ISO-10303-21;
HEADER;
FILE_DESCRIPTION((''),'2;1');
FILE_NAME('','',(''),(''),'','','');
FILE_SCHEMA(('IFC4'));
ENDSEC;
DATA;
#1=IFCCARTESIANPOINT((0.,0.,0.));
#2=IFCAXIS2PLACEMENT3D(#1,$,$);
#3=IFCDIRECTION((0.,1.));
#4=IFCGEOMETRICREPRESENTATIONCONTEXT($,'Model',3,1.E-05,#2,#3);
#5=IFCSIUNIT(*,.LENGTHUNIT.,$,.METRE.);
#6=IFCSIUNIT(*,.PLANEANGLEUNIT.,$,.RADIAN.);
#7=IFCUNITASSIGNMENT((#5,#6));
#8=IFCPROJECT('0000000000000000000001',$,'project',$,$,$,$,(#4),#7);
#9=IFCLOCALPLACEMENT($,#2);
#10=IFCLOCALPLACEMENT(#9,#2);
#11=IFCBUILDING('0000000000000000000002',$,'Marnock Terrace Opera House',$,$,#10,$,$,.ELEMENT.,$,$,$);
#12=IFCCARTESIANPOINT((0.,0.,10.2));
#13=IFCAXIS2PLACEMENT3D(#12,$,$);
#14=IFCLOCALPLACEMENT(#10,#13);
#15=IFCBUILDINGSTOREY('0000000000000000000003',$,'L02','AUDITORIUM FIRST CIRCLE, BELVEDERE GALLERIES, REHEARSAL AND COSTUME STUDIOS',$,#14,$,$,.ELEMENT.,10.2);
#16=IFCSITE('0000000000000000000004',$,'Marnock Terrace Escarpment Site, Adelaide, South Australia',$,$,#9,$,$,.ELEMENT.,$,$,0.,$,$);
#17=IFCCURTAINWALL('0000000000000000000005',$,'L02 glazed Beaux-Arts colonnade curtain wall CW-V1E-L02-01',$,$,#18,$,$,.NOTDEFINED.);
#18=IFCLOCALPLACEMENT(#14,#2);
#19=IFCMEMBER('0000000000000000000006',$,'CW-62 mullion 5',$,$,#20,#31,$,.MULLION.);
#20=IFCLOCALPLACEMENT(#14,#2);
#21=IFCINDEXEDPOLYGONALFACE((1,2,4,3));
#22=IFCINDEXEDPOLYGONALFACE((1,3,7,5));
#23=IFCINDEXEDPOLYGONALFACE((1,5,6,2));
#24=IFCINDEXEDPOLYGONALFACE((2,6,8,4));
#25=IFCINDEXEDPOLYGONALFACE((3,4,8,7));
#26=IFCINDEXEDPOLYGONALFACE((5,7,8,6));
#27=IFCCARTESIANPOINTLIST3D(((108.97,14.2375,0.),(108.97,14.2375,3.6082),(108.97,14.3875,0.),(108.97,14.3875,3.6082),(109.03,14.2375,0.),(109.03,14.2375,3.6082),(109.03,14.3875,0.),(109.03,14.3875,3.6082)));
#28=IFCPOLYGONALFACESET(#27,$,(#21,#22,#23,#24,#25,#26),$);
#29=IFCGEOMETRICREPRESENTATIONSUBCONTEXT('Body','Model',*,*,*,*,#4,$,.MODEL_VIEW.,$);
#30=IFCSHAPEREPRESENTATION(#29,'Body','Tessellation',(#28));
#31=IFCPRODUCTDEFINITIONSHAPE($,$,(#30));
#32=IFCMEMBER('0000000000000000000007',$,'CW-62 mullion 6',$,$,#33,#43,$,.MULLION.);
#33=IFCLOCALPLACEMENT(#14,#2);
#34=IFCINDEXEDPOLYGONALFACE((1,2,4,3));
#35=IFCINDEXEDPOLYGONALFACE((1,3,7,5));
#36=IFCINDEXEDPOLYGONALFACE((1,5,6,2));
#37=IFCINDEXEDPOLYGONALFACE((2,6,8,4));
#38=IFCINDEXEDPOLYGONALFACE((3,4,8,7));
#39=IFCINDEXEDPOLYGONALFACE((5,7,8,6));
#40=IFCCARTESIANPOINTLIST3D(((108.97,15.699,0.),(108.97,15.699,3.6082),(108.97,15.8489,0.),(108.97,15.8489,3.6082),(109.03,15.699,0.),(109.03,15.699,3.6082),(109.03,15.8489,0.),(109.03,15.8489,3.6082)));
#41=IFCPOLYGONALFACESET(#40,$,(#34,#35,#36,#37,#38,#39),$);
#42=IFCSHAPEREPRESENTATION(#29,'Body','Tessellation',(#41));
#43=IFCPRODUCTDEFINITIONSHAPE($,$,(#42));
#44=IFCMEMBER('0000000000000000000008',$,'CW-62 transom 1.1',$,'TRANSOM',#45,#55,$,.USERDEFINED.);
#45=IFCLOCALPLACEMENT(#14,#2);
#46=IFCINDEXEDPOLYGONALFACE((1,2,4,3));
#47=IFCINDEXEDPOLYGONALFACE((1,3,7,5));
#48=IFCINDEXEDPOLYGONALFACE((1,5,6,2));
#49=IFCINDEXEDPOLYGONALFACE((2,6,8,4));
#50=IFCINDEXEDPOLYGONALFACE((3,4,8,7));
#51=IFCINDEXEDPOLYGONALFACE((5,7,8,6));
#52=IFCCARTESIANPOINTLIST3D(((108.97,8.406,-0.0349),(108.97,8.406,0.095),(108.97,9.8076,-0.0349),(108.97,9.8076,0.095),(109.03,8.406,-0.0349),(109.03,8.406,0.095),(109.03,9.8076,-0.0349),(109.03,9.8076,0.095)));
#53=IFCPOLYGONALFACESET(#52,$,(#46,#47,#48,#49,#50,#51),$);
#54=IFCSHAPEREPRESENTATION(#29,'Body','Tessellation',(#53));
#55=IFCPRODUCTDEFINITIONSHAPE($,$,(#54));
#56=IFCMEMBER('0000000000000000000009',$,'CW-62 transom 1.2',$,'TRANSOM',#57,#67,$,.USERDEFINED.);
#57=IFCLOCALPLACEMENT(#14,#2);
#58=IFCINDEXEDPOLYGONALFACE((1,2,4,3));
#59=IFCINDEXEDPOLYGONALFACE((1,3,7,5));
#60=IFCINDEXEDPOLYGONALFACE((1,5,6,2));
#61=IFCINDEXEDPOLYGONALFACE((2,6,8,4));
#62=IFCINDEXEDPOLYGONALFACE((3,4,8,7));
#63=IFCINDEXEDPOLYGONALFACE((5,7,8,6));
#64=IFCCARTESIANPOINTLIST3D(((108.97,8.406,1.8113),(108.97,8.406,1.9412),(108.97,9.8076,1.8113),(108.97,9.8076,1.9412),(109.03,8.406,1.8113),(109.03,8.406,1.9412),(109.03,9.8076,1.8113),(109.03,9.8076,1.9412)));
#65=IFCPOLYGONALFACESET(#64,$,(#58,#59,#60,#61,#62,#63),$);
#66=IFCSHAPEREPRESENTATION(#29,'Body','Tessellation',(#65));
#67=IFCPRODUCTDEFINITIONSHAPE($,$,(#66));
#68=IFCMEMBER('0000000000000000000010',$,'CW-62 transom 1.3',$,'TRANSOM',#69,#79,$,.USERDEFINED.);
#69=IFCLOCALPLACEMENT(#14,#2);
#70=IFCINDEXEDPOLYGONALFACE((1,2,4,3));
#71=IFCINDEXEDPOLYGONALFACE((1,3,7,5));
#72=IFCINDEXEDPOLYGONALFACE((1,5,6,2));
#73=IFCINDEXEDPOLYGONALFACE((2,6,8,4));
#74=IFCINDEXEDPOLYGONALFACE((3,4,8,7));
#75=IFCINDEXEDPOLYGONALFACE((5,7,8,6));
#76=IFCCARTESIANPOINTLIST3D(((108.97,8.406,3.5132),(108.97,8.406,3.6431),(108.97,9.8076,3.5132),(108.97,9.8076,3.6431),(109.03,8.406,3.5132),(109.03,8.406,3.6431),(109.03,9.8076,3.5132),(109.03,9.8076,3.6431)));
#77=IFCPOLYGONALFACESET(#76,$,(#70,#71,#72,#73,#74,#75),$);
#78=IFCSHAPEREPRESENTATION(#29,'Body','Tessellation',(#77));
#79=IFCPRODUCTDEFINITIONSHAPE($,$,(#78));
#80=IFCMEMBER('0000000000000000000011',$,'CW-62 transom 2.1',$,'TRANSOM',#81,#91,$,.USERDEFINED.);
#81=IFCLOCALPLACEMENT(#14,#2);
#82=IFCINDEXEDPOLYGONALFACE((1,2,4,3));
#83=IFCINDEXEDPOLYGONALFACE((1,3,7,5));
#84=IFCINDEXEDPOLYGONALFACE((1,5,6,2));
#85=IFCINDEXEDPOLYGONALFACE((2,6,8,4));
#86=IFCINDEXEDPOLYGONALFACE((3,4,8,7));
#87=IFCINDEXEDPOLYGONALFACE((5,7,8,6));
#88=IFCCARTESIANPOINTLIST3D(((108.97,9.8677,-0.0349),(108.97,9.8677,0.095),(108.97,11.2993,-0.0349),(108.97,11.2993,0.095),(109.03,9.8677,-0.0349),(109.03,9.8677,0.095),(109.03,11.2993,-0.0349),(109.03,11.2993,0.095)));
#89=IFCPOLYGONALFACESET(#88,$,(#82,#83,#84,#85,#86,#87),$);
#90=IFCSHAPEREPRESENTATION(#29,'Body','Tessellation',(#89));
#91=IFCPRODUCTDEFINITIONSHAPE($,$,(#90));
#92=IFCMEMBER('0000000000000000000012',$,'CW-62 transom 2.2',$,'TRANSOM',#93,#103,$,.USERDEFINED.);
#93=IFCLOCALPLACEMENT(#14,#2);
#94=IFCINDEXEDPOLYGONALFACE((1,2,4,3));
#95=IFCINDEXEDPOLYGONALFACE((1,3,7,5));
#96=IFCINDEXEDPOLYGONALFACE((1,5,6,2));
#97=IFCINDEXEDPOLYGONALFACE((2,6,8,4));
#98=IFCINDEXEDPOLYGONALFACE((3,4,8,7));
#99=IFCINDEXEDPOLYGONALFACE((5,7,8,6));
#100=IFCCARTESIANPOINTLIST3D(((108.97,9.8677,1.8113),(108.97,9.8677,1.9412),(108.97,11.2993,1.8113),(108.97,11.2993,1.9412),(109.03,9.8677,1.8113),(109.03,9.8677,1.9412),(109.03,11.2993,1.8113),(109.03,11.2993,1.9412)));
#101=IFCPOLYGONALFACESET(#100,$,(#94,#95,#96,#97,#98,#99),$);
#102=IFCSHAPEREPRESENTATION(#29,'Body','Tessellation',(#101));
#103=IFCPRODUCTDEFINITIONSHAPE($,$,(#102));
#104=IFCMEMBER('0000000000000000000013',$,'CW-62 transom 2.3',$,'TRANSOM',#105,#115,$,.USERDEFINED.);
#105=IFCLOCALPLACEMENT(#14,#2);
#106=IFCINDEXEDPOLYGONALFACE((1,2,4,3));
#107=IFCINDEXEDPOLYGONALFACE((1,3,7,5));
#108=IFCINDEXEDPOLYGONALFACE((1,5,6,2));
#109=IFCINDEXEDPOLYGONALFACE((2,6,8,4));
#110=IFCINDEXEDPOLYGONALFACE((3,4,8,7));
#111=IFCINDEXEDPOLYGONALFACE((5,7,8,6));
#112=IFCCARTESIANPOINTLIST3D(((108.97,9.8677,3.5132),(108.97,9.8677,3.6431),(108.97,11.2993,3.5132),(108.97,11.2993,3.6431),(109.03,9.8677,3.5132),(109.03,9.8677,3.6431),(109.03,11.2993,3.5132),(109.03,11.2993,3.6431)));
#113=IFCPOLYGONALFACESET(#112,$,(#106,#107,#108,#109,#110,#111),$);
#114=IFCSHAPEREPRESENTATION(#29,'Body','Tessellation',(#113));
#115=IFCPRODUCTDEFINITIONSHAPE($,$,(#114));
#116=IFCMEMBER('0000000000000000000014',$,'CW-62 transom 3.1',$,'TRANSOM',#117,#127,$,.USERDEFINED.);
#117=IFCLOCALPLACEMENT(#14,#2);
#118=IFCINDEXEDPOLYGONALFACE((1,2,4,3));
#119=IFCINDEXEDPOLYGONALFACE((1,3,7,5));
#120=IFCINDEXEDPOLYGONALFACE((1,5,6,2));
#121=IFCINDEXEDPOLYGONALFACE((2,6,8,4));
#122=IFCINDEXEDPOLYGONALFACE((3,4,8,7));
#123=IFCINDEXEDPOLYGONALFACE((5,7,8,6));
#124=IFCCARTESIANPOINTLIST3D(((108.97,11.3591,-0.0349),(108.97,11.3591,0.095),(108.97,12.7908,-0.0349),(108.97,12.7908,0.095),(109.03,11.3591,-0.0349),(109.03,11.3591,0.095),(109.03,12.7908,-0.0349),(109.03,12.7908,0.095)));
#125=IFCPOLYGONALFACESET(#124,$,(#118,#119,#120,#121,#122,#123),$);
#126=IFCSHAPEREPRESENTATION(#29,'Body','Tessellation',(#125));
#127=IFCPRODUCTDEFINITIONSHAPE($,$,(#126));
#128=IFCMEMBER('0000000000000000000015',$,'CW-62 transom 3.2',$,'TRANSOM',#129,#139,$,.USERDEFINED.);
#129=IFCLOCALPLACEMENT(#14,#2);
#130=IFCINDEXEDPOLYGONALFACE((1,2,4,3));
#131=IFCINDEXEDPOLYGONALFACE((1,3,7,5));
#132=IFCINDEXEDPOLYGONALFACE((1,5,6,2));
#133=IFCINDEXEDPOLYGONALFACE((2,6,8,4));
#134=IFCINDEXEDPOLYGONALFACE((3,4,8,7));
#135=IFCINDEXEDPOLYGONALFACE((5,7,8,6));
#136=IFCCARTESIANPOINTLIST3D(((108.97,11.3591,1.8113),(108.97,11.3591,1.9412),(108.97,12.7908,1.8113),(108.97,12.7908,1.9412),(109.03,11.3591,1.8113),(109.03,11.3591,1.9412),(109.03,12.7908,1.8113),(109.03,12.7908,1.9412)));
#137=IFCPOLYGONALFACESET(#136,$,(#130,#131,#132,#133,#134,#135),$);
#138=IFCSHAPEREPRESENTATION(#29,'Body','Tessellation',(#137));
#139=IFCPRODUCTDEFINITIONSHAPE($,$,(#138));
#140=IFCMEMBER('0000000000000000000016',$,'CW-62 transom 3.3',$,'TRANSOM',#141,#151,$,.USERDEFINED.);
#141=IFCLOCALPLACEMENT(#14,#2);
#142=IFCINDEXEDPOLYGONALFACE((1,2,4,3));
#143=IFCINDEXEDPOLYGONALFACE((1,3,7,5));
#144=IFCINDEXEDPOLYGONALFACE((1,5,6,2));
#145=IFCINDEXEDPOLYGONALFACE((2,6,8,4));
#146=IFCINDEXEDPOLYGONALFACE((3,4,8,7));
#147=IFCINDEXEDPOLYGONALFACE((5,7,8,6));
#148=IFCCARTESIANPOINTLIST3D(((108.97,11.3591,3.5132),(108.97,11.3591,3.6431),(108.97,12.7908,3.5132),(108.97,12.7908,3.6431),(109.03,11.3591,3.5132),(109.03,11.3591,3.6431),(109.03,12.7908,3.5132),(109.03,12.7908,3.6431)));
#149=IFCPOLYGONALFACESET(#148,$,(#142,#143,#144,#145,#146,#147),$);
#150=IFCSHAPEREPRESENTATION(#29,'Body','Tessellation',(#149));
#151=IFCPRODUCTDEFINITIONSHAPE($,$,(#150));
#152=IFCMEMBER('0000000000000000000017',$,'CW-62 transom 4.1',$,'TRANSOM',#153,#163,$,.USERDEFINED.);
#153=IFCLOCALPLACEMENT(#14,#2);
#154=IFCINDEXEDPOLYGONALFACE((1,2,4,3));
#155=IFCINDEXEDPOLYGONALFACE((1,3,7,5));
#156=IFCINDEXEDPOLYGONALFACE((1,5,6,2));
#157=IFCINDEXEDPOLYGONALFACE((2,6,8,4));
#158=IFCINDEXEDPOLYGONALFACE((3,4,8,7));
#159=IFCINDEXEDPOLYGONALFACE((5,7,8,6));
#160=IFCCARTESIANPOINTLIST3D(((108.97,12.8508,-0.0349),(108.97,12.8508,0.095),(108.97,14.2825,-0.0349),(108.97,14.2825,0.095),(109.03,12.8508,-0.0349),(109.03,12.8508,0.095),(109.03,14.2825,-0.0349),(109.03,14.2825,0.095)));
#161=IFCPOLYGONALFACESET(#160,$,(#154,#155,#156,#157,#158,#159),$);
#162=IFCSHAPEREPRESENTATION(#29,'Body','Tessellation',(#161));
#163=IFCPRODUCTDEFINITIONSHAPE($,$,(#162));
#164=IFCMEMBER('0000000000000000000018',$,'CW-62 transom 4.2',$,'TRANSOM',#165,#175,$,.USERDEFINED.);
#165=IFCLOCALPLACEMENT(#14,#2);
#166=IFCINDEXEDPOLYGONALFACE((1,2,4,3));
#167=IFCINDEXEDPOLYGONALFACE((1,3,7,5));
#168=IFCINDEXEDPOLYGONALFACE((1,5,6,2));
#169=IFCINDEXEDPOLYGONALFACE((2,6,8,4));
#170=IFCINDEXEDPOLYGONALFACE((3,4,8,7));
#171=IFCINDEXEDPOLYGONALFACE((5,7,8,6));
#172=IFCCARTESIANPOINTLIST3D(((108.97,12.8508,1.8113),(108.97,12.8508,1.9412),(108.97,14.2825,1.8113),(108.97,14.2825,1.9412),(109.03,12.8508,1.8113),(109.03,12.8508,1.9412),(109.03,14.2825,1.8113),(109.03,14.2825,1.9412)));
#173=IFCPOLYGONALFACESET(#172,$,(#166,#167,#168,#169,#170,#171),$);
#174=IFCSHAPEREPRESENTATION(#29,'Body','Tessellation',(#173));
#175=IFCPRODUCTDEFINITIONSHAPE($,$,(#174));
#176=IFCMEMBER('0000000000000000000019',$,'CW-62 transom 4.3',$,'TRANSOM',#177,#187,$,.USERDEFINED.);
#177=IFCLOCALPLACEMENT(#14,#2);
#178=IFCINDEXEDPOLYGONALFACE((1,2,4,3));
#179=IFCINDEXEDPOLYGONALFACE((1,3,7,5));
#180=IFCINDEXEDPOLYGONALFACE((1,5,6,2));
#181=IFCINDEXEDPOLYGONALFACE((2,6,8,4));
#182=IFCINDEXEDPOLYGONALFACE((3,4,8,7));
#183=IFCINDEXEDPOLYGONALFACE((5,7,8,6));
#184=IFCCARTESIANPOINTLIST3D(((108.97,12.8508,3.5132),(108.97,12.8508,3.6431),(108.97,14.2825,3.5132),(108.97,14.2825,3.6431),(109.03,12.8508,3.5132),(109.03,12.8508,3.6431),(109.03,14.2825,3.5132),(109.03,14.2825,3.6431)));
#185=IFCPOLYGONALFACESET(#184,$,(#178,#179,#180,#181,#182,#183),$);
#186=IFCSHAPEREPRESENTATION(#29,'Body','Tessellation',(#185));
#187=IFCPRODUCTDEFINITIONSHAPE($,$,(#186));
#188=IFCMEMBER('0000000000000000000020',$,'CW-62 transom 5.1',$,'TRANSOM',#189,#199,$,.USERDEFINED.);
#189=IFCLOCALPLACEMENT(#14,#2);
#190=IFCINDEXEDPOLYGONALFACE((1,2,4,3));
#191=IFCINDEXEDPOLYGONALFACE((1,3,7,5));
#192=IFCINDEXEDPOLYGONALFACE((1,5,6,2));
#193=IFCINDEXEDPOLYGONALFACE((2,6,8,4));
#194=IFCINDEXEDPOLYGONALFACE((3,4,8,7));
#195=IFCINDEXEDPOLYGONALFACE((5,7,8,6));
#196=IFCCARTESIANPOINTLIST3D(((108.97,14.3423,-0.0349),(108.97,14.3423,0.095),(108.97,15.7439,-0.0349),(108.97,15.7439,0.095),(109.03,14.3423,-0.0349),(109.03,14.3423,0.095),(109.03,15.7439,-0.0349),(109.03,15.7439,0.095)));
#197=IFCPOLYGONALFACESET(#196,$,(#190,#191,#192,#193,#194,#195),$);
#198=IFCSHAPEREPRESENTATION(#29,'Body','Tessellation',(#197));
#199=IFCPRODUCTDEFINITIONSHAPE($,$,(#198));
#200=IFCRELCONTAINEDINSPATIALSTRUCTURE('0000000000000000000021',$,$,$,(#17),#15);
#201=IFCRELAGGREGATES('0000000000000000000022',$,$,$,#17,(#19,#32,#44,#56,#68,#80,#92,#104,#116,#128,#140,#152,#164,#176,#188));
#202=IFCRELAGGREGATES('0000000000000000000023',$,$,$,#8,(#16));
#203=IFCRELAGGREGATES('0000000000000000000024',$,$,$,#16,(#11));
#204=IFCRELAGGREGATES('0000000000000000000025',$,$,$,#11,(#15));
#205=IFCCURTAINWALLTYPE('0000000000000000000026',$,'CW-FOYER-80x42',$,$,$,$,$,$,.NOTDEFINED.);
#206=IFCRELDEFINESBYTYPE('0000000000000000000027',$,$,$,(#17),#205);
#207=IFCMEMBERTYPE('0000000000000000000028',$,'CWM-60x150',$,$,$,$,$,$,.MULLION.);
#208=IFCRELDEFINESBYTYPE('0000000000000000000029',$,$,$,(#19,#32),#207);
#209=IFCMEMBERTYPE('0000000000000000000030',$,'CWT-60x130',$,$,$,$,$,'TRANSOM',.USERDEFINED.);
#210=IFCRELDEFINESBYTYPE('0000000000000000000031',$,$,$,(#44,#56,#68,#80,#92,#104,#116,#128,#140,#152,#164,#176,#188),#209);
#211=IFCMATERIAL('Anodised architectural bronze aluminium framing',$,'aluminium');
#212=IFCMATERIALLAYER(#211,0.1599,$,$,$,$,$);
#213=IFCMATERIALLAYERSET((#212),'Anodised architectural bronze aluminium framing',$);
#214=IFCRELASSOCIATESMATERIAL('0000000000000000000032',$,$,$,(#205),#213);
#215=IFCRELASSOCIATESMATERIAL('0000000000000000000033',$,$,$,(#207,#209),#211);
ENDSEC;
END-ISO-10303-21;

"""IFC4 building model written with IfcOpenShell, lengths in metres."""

from ifc_helpers import new_model, si_unit, direction, frame, origin, origin_2d, place, context, subcontext, project, spatial, rectangle, extrude, material, layer, layer_set, material_profile, profile_set, type_object, element, aggregate, save


model = new_model("IFC4")

# Units and contexts
model_context = context("Model", 3, precision=1e-05, world=origin(), true_north=direction((0.0, 1.0)))
body_context = subcontext(model_context, "Body", "Model", "MODEL_VIEW")
ifc_project = project(units=[si_unit("LENGTHUNIT", "METRE"), si_unit("PLANEANGLEUNIT", "RADIAN")], contexts=[model_context])

# Site, building, storey
site_placement = place(None, origin())
site = spatial("IfcSite", under=ifc_project, at=site_placement, Name="Marnock Terrace Escarpment Site, Adelaide, South Australia", CompositionType="ELEMENT", RefElevation=0.0)
building_placement = place(site_placement, origin())
building = spatial("IfcBuilding", under=site, at=building_placement, Name="Marnock Terrace Opera House", CompositionType="ELEMENT")
storey_placement = place(building_placement, frame((0.0, 0.0, 10.2)))
storey = spatial("IfcBuildingStorey", under=building, at=storey_placement, Name="L02", Description="AUDITORIUM FIRST CIRCLE, BELVEDERE GALLERIES, REHEARSAL AND COSTUME STUDIOS", CompositionType="ELEMENT", Elevation=10.2)

# Curtain wall, members
ifc_material_1 = material(Name="Anodised architectural bronze aluminium framing", Category="aluminium")
ifc_layer_1 = layer(ifc_material_1, 0.1599)
ifc_layer_set_1 = layer_set([ifc_layer_1], Name="Anodised architectural bronze aluminium framing")
curtain_wall_type = type_object("IfcCurtainWallType", Name="CW-FOYER-80x42", PredefinedType="NOTDEFINED", material=ifc_layer_set_1)
curtain_wall_placement = place(storey_placement, origin())
curtain_wall = element("IfcCurtainWall", 1, at=curtain_wall_placement, inside=storey, type_object=curtain_wall_type, Name="L02 glazed Beaux-Arts colonnade curtain wall CW-V1E-L02-01", PredefinedType="NOTDEFINED")
ifc_material_profile_1 = material_profile(ifc_material_1, rectangle(XDim=0.0601, YDim=0.1499, at=origin_2d()))
ifc_profile_set_1 = profile_set([ifc_material_profile_1], Name="Anodised architectural bronze aluminium framing")
member_type_1 = type_object("IfcMemberType", Name="CWM-60x150", PredefinedType="MULLION", material=ifc_profile_set_1)
member_1_placement = place(storey_placement, frame((109.0, 14.3125, 0.0), z_axis=(0.0, 0.0, 1.0), x_axis=(-1.0, 0.0, 0.0)))
member_1 = element("IfcMember", 2, at=member_1_placement, type_object=member_type_1, Name="CW-62 mullion 5", PredefinedType="MULLION", context=body_context, shape_type="SweptSolid", body=[
    extrude(rectangle(XDim=0.0601, YDim=0.1499, at=origin_2d()), origin(), (0.0, 0.0, 1.0), 3.6082),
])
member_2_placement = place(storey_placement, frame((109.0, 15.7739, 0.0), z_axis=(0.0, 0.0, 1.0), x_axis=(-1.0, 0.0, 0.0)))
member_2 = element("IfcMember", 3, at=member_2_placement, type_object=member_type_1, Name="CW-62 mullion 6", PredefinedType="MULLION", context=body_context, shape_type="SweptSolid", body=[
    extrude(rectangle(XDim=0.0601, YDim=0.1499, at=origin_2d()), origin(), (0.0, 0.0, 1.0), 3.6082),
])
ifc_material_profile_2 = material_profile(ifc_material_1, rectangle(XDim=0.0601, YDim=0.1299, at=origin_2d()))
ifc_profile_set_2 = profile_set([ifc_material_profile_2], Name="Anodised architectural bronze aluminium framing")
member_type_2 = type_object("IfcMemberType", Name="CWT-60x130", ElementType="TRANSOM", PredefinedType="USERDEFINED", material=ifc_profile_set_2)
member_3_placement = place(storey_placement, frame((109.0, 8.406, 0.03), z_axis=(0.0, 1.0, 0.0), x_axis=(-1.0, 0.0, 0.0)))
member_3 = element("IfcMember", 4, at=member_3_placement, type_object=member_type_2, Name="CW-62 transom 1.1", ObjectType="TRANSOM", PredefinedType="USERDEFINED", context=body_context, shape_type="SweptSolid", body=[
    extrude(rectangle(XDim=0.0601, YDim=0.1299, at=origin_2d()), origin(), (0.0, 0.0, 1.0), 1.4016),
])
member_4_placement = place(storey_placement, frame((109.0, 8.406, 1.8762), z_axis=(0.0, 1.0, 0.0), x_axis=(-1.0, 0.0, 0.0)))
member_4 = element("IfcMember", 5, at=member_4_placement, type_object=member_type_2, Name="CW-62 transom 1.2", ObjectType="TRANSOM", PredefinedType="USERDEFINED", context=body_context, shape_type="SweptSolid", body=[
    extrude(rectangle(XDim=0.0601, YDim=0.1299, at=origin_2d()), origin(), (0.0, 0.0, 1.0), 1.4016),
])
member_5_placement = place(storey_placement, frame((109.0, 8.406, 3.5781), z_axis=(0.0, 1.0, 0.0), x_axis=(-1.0, 0.0, 0.0)))
member_5 = element("IfcMember", 6, at=member_5_placement, type_object=member_type_2, Name="CW-62 transom 1.3", ObjectType="TRANSOM", PredefinedType="USERDEFINED", context=body_context, shape_type="SweptSolid", body=[
    extrude(rectangle(XDim=0.0601, YDim=0.1299, at=origin_2d()), origin(), (0.0, 0.0, 1.0), 1.4016),
])
member_6_placement = place(storey_placement, frame((109.0, 9.8677, 0.03), z_axis=(0.0, 1.0, 0.0), x_axis=(-1.0, 0.0, 0.0)))
member_6 = element("IfcMember", 7, at=member_6_placement, type_object=member_type_2, Name="CW-62 transom 2.1", ObjectType="TRANSOM", PredefinedType="USERDEFINED", context=body_context, shape_type="SweptSolid", body=[
    extrude(rectangle(XDim=0.0601, YDim=0.1299, at=origin_2d()), origin(), (0.0, 0.0, 1.0), 1.4316),
])
member_7_placement = place(storey_placement, frame((109.0, 9.8677, 1.8762), z_axis=(0.0, 1.0, 0.0), x_axis=(-1.0, 0.0, 0.0)))
member_7 = element("IfcMember", 8, at=member_7_placement, type_object=member_type_2, Name="CW-62 transom 2.2", ObjectType="TRANSOM", PredefinedType="USERDEFINED", context=body_context, shape_type="SweptSolid", body=[
    extrude(rectangle(XDim=0.0601, YDim=0.1299, at=origin_2d()), origin(), (0.0, 0.0, 1.0), 1.4316),
])
member_8_placement = place(storey_placement, frame((109.0, 9.8677, 3.5781), z_axis=(0.0, 1.0, 0.0), x_axis=(-1.0, 0.0, 0.0)))
member_8 = element("IfcMember", 9, at=member_8_placement, type_object=member_type_2, Name="CW-62 transom 2.3", ObjectType="TRANSOM", PredefinedType="USERDEFINED", context=body_context, shape_type="SweptSolid", body=[
    extrude(rectangle(XDim=0.0601, YDim=0.1299, at=origin_2d()), origin(), (0.0, 0.0, 1.0), 1.4316),
])
member_9_placement = place(storey_placement, frame((109.0, 11.3591, 0.03), z_axis=(0.0, 1.0, 0.0), x_axis=(-1.0, 0.0, 0.0)))
member_9 = element("IfcMember", 10, at=member_9_placement, type_object=member_type_2, Name="CW-62 transom 3.1", ObjectType="TRANSOM", PredefinedType="USERDEFINED", context=body_context, shape_type="SweptSolid", body=[
    extrude(rectangle(XDim=0.0601, YDim=0.1299, at=origin_2d()), origin(), (0.0, 0.0, 1.0), 1.4316),
])
member_10_placement = place(storey_placement, frame((109.0, 11.3591, 1.8762), z_axis=(0.0, 1.0, 0.0), x_axis=(-1.0, 0.0, 0.0)))
member_10 = element("IfcMember", 11, at=member_10_placement, type_object=member_type_2, Name="CW-62 transom 3.2", ObjectType="TRANSOM", PredefinedType="USERDEFINED", context=body_context, shape_type="SweptSolid", body=[
    extrude(rectangle(XDim=0.0601, YDim=0.1299, at=origin_2d()), origin(), (0.0, 0.0, 1.0), 1.4316),
])
member_11_placement = place(storey_placement, frame((109.0, 11.3591, 3.5781), z_axis=(0.0, 1.0, 0.0), x_axis=(-1.0, 0.0, 0.0)))
member_11 = element("IfcMember", 12, at=member_11_placement, type_object=member_type_2, Name="CW-62 transom 3.3", ObjectType="TRANSOM", PredefinedType="USERDEFINED", context=body_context, shape_type="SweptSolid", body=[
    extrude(rectangle(XDim=0.0601, YDim=0.1299, at=origin_2d()), origin(), (0.0, 0.0, 1.0), 1.4316),
])
member_12_placement = place(storey_placement, frame((109.0, 12.8508, 0.03), z_axis=(0.0, 1.0, 0.0), x_axis=(-1.0, 0.0, 0.0)))
member_12 = element("IfcMember", 13, at=member_12_placement, type_object=member_type_2, Name="CW-62 transom 4.1", ObjectType="TRANSOM", PredefinedType="USERDEFINED", context=body_context, shape_type="SweptSolid", body=[
    extrude(rectangle(XDim=0.0601, YDim=0.1299, at=origin_2d()), origin(), (0.0, 0.0, 1.0), 1.4316),
])
member_13_placement = place(storey_placement, frame((109.0, 12.8508, 1.8762), z_axis=(0.0, 1.0, 0.0), x_axis=(-1.0, 0.0, 0.0)))
member_13 = element("IfcMember", 14, at=member_13_placement, type_object=member_type_2, Name="CW-62 transom 4.2", ObjectType="TRANSOM", PredefinedType="USERDEFINED", context=body_context, shape_type="SweptSolid", body=[
    extrude(rectangle(XDim=0.0601, YDim=0.1299, at=origin_2d()), origin(), (0.0, 0.0, 1.0), 1.4316),
])
member_14_placement = place(storey_placement, frame((109.0, 12.8508, 3.5781), z_axis=(0.0, 1.0, 0.0), x_axis=(-1.0, 0.0, 0.0)))
member_14 = element("IfcMember", 15, at=member_14_placement, type_object=member_type_2, Name="CW-62 transom 4.3", ObjectType="TRANSOM", PredefinedType="USERDEFINED", context=body_context, shape_type="SweptSolid", body=[
    extrude(rectangle(XDim=0.0601, YDim=0.1299, at=origin_2d()), origin(), (0.0, 0.0, 1.0), 1.4316),
])
member_15_placement = place(storey_placement, frame((109.0, 14.3423, 0.03), z_axis=(0.0, 1.0, 0.0), x_axis=(-1.0, 0.0, 0.0)))
member_15 = element("IfcMember", 16, at=member_15_placement, type_object=member_type_2, Name="CW-62 transom 5.1", ObjectType="TRANSOM", PredefinedType="USERDEFINED", context=body_context, shape_type="SweptSolid", body=[
    extrude(rectangle(XDim=0.0601, YDim=0.1299, at=origin_2d()), origin(), (0.0, 0.0, 1.0), 1.4016),
])
aggregate(curtain_wall, [member_1, member_2, member_3, member_4, member_5, member_6, member_7, member_8, member_9, member_10, member_11, member_12, member_13, member_14, member_15])

save(model, "model.ifc")
